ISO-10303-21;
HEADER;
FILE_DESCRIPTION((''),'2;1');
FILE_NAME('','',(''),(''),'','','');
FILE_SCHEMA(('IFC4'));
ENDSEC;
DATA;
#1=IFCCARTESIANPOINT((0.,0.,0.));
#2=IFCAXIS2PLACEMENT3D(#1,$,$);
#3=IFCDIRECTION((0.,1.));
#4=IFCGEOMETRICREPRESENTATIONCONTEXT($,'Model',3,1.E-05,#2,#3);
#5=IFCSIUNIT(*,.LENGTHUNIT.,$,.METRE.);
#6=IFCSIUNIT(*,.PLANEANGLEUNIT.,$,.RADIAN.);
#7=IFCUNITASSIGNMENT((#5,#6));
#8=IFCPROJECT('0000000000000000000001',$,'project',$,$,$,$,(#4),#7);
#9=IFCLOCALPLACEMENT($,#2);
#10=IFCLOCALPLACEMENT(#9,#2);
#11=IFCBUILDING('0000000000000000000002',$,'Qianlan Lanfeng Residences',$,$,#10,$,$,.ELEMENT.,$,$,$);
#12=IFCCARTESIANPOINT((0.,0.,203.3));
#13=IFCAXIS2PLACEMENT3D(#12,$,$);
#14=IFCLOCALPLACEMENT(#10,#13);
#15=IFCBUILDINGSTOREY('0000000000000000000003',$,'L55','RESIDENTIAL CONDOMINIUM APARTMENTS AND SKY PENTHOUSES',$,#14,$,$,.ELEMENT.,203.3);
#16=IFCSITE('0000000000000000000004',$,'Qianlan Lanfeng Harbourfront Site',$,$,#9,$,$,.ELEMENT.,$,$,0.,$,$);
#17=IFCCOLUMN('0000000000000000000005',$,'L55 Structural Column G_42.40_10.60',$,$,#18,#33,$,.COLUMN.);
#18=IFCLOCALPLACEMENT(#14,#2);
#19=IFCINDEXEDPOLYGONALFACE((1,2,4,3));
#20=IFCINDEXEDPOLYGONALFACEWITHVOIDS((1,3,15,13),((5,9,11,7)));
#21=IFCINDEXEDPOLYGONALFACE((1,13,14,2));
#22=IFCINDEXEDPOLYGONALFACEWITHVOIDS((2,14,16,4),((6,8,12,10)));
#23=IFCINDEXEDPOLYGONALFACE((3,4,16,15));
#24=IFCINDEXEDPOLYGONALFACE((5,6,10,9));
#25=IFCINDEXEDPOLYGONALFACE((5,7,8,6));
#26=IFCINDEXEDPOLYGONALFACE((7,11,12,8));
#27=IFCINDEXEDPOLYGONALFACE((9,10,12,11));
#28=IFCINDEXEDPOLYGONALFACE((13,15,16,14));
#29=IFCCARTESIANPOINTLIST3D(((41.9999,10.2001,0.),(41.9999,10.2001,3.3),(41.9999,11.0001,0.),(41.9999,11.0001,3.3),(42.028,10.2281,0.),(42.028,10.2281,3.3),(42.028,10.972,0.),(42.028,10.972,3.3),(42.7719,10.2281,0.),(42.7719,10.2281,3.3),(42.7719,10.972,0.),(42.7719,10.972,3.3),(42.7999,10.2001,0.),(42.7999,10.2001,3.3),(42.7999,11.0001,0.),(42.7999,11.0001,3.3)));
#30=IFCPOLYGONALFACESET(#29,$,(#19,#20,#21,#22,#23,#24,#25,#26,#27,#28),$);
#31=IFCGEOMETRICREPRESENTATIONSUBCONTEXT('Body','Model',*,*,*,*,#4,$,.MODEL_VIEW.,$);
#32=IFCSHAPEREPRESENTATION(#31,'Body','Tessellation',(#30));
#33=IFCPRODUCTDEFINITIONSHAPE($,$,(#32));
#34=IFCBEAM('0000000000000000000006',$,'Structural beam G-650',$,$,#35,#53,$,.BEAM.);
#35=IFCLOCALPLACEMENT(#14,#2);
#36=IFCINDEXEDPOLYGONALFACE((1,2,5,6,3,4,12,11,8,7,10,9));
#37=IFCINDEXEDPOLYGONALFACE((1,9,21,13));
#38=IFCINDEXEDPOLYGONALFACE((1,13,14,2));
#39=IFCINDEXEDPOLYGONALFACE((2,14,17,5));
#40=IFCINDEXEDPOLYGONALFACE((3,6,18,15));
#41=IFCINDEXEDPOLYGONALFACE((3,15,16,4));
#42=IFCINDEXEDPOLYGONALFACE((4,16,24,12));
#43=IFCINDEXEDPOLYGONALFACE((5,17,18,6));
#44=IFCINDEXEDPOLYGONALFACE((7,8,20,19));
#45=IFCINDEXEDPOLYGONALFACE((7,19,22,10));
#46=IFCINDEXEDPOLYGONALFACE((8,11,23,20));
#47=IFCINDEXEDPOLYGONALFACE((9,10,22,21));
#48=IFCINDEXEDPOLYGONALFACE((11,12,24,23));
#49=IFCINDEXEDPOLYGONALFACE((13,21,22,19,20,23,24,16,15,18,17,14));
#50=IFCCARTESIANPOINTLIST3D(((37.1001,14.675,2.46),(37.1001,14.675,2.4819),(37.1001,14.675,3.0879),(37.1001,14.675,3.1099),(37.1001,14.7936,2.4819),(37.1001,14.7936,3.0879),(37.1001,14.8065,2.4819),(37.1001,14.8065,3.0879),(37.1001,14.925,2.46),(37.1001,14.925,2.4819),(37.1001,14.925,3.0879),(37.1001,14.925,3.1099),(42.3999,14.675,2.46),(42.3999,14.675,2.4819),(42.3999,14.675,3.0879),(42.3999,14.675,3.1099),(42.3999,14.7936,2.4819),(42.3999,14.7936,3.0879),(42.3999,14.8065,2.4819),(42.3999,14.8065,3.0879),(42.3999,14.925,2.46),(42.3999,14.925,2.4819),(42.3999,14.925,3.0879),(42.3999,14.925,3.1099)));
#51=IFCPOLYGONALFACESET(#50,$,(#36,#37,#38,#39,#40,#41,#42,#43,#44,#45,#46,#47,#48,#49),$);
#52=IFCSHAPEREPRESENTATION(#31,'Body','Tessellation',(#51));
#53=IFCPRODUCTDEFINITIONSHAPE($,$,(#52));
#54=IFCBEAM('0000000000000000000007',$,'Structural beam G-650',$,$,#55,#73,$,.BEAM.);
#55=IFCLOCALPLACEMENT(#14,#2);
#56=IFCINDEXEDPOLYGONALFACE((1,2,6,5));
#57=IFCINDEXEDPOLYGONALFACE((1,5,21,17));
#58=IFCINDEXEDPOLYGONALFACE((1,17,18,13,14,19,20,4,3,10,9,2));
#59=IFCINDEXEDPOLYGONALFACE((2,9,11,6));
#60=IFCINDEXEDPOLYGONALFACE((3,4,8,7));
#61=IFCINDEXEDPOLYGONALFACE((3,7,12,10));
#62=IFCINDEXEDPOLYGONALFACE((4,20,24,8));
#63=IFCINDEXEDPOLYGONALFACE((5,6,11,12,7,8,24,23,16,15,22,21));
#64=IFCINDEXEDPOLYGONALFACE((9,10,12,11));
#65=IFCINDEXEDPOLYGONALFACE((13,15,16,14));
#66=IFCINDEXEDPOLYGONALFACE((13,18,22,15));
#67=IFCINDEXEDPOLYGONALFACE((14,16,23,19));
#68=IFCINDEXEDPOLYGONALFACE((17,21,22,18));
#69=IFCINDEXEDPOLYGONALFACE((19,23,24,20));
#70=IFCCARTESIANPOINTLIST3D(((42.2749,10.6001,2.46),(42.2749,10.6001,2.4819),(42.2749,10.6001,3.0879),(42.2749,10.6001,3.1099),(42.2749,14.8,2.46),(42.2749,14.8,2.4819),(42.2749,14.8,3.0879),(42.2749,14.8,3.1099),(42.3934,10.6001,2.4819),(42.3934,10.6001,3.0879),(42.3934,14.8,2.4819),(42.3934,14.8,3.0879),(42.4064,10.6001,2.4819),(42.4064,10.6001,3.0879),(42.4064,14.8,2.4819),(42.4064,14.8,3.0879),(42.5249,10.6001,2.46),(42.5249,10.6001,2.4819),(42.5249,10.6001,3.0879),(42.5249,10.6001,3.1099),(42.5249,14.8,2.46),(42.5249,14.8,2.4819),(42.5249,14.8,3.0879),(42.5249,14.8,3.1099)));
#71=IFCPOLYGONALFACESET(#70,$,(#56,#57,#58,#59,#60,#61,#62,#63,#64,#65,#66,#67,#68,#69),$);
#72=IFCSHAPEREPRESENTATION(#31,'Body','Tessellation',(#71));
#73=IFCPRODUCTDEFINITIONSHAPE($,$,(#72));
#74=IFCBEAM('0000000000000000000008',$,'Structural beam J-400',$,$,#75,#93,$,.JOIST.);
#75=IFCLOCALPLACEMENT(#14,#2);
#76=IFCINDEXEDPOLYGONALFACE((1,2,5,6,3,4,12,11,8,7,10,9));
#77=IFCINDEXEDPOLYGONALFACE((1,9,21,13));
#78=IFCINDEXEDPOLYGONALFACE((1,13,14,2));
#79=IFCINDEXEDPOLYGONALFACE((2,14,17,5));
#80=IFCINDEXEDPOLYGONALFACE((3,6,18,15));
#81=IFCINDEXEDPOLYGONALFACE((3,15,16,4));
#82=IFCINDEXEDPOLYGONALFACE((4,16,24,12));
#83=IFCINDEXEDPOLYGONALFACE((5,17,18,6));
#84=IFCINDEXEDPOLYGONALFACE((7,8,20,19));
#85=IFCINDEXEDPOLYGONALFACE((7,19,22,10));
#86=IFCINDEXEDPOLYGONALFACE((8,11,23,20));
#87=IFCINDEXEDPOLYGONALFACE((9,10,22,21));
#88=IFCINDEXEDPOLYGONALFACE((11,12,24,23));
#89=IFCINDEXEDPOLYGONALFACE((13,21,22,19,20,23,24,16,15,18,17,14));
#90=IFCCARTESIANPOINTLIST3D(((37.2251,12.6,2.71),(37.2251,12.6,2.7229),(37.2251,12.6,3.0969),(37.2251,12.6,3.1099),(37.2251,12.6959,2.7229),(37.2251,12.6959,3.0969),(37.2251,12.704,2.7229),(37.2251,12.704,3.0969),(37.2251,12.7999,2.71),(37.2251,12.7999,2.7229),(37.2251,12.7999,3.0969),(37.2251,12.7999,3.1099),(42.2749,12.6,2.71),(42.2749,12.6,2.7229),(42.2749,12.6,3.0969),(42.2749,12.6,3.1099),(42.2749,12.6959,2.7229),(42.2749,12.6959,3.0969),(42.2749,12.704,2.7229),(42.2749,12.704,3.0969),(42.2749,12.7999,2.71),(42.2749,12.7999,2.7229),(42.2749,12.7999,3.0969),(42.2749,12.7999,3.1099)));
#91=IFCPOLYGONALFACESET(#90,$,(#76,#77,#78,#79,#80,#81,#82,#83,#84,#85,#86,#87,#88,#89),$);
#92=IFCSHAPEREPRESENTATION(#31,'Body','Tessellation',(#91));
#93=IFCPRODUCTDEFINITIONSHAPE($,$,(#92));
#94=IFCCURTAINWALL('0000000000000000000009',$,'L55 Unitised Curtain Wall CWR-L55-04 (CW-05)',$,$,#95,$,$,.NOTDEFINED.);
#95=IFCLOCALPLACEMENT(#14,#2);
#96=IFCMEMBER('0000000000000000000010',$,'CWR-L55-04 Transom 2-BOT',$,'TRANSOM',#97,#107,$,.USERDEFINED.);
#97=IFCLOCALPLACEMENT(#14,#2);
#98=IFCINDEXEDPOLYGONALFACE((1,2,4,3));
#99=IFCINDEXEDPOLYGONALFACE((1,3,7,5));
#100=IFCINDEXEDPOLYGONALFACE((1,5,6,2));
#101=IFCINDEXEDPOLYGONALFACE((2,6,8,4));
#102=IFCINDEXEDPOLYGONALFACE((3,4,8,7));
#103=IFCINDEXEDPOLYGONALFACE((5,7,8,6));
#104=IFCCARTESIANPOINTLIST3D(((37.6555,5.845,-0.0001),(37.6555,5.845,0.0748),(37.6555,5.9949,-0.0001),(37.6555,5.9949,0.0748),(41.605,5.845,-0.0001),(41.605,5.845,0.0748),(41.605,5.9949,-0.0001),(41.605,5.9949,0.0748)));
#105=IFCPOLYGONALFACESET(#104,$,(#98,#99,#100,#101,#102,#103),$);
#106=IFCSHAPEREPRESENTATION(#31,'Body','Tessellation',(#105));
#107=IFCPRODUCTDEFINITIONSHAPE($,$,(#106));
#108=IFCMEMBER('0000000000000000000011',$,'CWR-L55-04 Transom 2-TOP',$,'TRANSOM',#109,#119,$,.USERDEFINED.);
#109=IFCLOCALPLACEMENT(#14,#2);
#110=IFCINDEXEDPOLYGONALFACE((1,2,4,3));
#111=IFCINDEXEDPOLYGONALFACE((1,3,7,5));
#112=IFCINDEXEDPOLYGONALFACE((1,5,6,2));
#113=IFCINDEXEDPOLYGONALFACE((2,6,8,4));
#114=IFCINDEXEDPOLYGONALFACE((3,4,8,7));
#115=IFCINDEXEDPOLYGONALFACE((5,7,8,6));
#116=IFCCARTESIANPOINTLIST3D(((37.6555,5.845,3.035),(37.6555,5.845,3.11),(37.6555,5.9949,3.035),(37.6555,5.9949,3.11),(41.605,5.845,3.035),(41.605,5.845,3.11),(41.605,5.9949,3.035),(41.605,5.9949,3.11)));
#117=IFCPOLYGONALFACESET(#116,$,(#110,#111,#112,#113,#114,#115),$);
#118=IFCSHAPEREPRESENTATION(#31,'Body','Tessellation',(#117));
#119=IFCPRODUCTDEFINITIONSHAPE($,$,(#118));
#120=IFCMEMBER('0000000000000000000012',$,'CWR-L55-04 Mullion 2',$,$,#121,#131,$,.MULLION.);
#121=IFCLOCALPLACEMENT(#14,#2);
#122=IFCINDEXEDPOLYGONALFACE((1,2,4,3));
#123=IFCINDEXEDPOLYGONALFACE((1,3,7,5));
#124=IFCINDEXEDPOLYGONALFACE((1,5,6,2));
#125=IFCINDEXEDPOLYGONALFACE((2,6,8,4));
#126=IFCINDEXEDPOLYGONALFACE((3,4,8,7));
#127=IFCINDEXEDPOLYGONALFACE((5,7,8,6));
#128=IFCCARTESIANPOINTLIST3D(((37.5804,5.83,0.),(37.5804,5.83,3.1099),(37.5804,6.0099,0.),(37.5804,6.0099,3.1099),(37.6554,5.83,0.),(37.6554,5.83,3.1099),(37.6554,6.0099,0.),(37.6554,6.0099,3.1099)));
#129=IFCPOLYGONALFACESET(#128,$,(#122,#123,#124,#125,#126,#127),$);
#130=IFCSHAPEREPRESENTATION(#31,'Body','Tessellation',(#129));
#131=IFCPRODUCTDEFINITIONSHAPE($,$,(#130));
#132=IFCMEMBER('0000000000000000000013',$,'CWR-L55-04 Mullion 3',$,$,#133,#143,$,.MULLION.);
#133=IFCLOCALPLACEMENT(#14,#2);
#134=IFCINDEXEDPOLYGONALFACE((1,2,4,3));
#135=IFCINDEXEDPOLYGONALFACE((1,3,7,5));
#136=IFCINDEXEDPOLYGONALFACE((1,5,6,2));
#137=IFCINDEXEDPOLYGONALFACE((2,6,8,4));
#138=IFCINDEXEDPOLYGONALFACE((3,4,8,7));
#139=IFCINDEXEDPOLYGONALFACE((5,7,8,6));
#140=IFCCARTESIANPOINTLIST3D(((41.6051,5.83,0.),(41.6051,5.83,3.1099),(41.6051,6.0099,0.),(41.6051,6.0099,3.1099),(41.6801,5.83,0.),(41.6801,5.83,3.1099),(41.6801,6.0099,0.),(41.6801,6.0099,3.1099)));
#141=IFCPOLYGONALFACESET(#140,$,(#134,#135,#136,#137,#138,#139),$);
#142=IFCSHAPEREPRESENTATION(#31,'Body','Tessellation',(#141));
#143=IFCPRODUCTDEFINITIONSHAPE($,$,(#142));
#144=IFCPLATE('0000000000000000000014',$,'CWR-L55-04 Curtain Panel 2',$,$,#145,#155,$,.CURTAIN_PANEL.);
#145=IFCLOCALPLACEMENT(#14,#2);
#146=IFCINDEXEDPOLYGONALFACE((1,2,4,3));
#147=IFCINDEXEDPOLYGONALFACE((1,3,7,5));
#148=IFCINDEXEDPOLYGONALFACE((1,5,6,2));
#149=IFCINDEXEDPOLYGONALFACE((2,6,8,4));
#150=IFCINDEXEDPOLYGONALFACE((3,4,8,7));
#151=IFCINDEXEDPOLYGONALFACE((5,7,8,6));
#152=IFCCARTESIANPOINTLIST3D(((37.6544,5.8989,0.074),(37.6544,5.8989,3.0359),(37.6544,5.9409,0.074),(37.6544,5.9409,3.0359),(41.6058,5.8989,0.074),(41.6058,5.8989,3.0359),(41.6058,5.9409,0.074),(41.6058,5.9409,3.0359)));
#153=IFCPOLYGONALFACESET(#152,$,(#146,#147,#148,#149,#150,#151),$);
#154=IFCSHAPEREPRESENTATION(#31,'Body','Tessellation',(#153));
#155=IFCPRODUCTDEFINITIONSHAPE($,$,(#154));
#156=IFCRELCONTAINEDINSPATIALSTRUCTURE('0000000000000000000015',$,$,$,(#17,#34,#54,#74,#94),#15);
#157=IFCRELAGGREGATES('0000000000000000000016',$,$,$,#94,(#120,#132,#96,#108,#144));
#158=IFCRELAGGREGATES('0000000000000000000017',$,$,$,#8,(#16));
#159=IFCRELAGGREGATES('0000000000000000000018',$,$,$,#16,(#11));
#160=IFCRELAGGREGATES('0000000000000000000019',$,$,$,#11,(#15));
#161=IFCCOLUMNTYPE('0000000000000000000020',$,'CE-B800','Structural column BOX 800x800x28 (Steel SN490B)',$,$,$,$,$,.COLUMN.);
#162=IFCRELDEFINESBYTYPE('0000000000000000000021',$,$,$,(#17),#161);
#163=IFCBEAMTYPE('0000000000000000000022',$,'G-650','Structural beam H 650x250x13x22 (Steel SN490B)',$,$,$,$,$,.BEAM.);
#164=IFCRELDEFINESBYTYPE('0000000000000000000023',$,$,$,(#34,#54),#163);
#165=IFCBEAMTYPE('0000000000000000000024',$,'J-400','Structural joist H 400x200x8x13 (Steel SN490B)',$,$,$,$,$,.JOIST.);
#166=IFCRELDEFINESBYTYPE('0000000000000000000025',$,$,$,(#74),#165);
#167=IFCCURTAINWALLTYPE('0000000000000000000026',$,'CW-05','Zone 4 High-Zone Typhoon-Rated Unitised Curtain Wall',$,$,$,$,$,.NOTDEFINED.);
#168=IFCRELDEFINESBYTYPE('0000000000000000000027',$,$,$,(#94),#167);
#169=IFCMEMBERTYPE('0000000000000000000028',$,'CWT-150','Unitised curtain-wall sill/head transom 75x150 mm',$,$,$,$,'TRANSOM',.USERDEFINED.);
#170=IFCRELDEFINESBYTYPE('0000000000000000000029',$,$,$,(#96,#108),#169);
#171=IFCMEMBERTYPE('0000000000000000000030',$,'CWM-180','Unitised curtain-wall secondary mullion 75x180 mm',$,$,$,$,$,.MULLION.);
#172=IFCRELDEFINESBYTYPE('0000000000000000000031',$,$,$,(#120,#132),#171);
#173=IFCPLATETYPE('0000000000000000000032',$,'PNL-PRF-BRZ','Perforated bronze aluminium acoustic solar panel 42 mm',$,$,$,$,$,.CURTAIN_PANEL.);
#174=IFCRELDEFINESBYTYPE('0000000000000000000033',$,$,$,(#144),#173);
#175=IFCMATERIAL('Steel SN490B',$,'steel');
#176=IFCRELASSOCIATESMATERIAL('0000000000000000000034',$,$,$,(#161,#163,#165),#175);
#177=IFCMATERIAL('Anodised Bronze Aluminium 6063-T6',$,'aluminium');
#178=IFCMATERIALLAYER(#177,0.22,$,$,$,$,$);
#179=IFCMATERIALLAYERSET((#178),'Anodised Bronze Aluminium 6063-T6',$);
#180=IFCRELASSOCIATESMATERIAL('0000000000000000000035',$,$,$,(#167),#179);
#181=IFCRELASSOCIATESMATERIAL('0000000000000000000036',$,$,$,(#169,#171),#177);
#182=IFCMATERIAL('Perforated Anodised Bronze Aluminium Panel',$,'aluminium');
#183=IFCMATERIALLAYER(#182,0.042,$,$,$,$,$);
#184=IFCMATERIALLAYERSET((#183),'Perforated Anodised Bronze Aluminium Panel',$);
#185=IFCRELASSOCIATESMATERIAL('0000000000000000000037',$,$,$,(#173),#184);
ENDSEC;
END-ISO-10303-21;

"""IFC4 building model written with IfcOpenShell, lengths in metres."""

from ifc_helpers import new_model, si_unit, direction, frame, origin, origin_2d, place, context, subcontext, project, spatial, rectangle, hollow_rectangle, i_section, extrude, source, transform, mapped, material, layer, layer_set, material_profile, profile_set, type_object, element, aggregate, save


model = new_model("IFC4")

# Units and contexts
model_context = context("Model", 3, precision=1e-05, world=origin(), true_north=direction((0.0, 1.0)))
body_context = subcontext(model_context, "Body", "Model", "MODEL_VIEW")
ifc_project = project(units=[si_unit("LENGTHUNIT", "METRE"), si_unit("PLANEANGLEUNIT", "RADIAN")], contexts=[model_context])

# Site, building, storey
site_placement = place(None, origin())
site = spatial("IfcSite", under=ifc_project, at=site_placement, Name="Qianlan Lanfeng Harbourfront Site", CompositionType="ELEMENT", RefElevation=0.0)
building_placement = place(site_placement, origin())
building = spatial("IfcBuilding", under=site, at=building_placement, Name="Qianlan Lanfeng Residences", CompositionType="ELEMENT")
storey_placement = place(building_placement, frame((0.0, 0.0, 203.3)))
storey = spatial("IfcBuildingStorey", under=building, at=storey_placement, Name="L55", Description="RESIDENTIAL CONDOMINIUM APARTMENTS AND SKY PENTHOUSES", CompositionType="ELEMENT", Elevation=203.3)

# Column
ifc_material_1 = material(Name="Steel SN490B", Category="steel")
ifc_material_profile_1 = material_profile(ifc_material_1, hollow_rectangle(XDim=0.8, YDim=0.8, WallThickness=0.0281, at=origin_2d()), Name="BOX 800x800x28")
ifc_profile_set_1 = profile_set([ifc_material_profile_1], Name="Steel SN490B")
column_type = type_object("IfcColumnType", Name="CE-B800", Description="Structural column BOX 800x800x28 (Steel SN490B)", PredefinedType="COLUMN", material=ifc_profile_set_1)
column_placement = place(storey_placement, frame((42.3999, 10.6001, 0.0), z_axis=(0.0, 0.0, 1.0), x_axis=(1.0, 0.0, 0.0)))
element("IfcColumn", 1, at=column_placement, inside=storey, type_object=column_type, Name="L55 Structural Column G_42.40_10.60", PredefinedType="COLUMN", context=body_context, shape_type="SweptSolid", body=[
    extrude(hollow_rectangle(XDim=0.8, YDim=0.8, WallThickness=0.0281, at=origin_2d()), origin(), (0.0, 0.0, 1.0), 3.3),
])

# Beams
ifc_material_profile_2 = material_profile(ifc_material_1, i_section(OverallWidth=0.25, OverallDepth=0.6499, WebThickness=0.0129, FlangeThickness=0.022, at=origin_2d()), Name="H 650x250x13x22")
ifc_profile_set_2 = profile_set([ifc_material_profile_2], Name="Steel SN490B")
beam_type_1 = type_object("IfcBeamType", Name="G-650", Description="Structural beam H 650x250x13x22 (Steel SN490B)", PredefinedType="BEAM", material=ifc_profile_set_2)
beam_1_placement = place(storey_placement, frame((37.1001, 14.8, 2.7849), z_axis=(1.0, 0.0, 0.0), x_axis=(0.0, 1.0, 0.0)))
element("IfcBeam", 2, at=beam_1_placement, inside=storey, type_object=beam_type_1, Name="Structural beam G-650", PredefinedType="BEAM", context=body_context, shape_type="SweptSolid", body=[
    extrude(i_section(OverallWidth=0.25, OverallDepth=0.6499, WebThickness=0.0129, FlangeThickness=0.022, at=origin_2d()), origin(), (0.0, 0.0, 1.0), 5.2998),
])
beam_2_placement = place(storey_placement, frame((42.3999, 10.6001, 2.7849), z_axis=(0.0, 1.0, 0.0), x_axis=(-1.0, 0.0, 0.0)))
element("IfcBeam", 3, at=beam_2_placement, inside=storey, type_object=beam_type_1, Name="Structural beam G-650", PredefinedType="BEAM", context=body_context, shape_type="SweptSolid", body=[
    extrude(i_section(OverallWidth=0.25, OverallDepth=0.6499, WebThickness=0.0129, FlangeThickness=0.022, at=origin_2d()), origin(), (0.0, 0.0, 1.0), 4.2),
])
ifc_material_profile_3 = material_profile(ifc_material_1, i_section(OverallWidth=0.2, OverallDepth=0.3999, WebThickness=0.0081, FlangeThickness=0.0129, at=origin_2d()), Name="H 400x200x8x13")
ifc_profile_set_3 = profile_set([ifc_material_profile_3], Name="Steel SN490B")
beam_type_2 = type_object("IfcBeamType", Name="J-400", Description="Structural joist H 400x200x8x13 (Steel SN490B)", PredefinedType="JOIST", material=ifc_profile_set_3)
beam_3_placement = place(storey_placement, frame((37.2251, 12.7, 2.9099), z_axis=(1.0, 0.0, 0.0), x_axis=(0.0, 1.0, 0.0)))
element("IfcBeam", 4, at=beam_3_placement, inside=storey, type_object=beam_type_2, Name="Structural beam J-400", PredefinedType="JOIST", context=body_context, shape_type="SweptSolid", body=[
    extrude(i_section(OverallWidth=0.2, OverallDepth=0.3999, WebThickness=0.0081, FlangeThickness=0.0129, at=origin_2d()), origin(), (0.0, 0.0, 1.0), 5.0498),
])

# Curtain wall, members, plate
ifc_material_2 = material(Name="Anodised Bronze Aluminium 6063-T6", Category="aluminium")
ifc_layer_1 = layer(ifc_material_2, 0.22)
ifc_layer_set_1 = layer_set([ifc_layer_1], Name="Anodised Bronze Aluminium 6063-T6")
curtain_wall_type = type_object("IfcCurtainWallType", Name="CW-05", Description="Zone 4 High-Zone Typhoon-Rated Unitised Curtain Wall", PredefinedType="NOTDEFINED", material=ifc_layer_set_1)
curtain_wall_placement = place(storey_placement, origin())
curtain_wall = element("IfcCurtainWall", 5, at=curtain_wall_placement, inside=storey, type_object=curtain_wall_type, Name="L55 Unitised Curtain Wall CWR-L55-04 (CW-05)", PredefinedType="NOTDEFINED")
ifc_material_profile_4 = material_profile(ifc_material_2, rectangle(XDim=0.075, YDim=0.1499, at=origin_2d()), Name="ALU TRANSOM 75x150")
ifc_profile_set_4 = profile_set([ifc_material_profile_4], Name="Anodised Bronze Aluminium 6063-T6")
member_type_1 = type_object("IfcMemberType", Name="CWT-150", Description="Unitised curtain-wall sill/head transom 75x150 mm", ElementType="TRANSOM", PredefinedType="USERDEFINED", material=ifc_profile_set_4)
shared_shape_1 = source(origin(), body_context, "Body", "SweptSolid", [
    extrude(rectangle(XDim=0.075, YDim=0.1499, at=origin_2d()), origin(), (0.0, 0.0, 1.0), 3.9495),
])
member_1_placement = place(storey_placement, frame((37.6555, 5.9199, 0.0374), z_axis=(1.0, 0.0, 0.0), x_axis=(0.0, 0.0, 1.0)))
member_1 = element("IfcMember", 6, at=member_1_placement, type_object=member_type_1, Name="CWR-L55-04 Transom 2-BOT", ObjectType="TRANSOM", PredefinedType="USERDEFINED", context=body_context, shape_type="MappedRepresentation", body=[
    mapped(shared_shape_1, transform((0.0, 0.0, 0.0), scale=1.0)),
])
member_2_placement = place(storey_placement, frame((37.6555, 5.9199, 3.0725), z_axis=(1.0, 0.0, 0.0), x_axis=(0.0, 0.0, 1.0)))
member_2 = element("IfcMember", 7, at=member_2_placement, type_object=member_type_1, Name="CWR-L55-04 Transom 2-TOP", ObjectType="TRANSOM", PredefinedType="USERDEFINED", context=body_context, shape_type="MappedRepresentation", body=[
    mapped(shared_shape_1, transform((0.0, 0.0, 0.0), scale=1.0)),
])
ifc_material_profile_5 = material_profile(ifc_material_2, rectangle(XDim=0.075, YDim=0.1799, at=origin_2d()), Name="ALU MULLION 75x180")
ifc_profile_set_5 = profile_set([ifc_material_profile_5], Name="Anodised Bronze Aluminium 6063-T6")
member_type_2 = type_object("IfcMemberType", Name="CWM-180", Description="Unitised curtain-wall secondary mullion 75x180 mm", PredefinedType="MULLION", material=ifc_profile_set_5)
shared_shape_2 = source(origin(), body_context, "Body", "SweptSolid", [
    extrude(rectangle(XDim=0.075, YDim=0.1799, at=origin_2d()), origin(), (0.0, 0.0, 1.0), 3.1099),
])
member_3_placement = place(storey_placement, frame((37.6179, 5.9199, 0.0), z_axis=(0.0, 0.0, 1.0), x_axis=(1.0, 0.0, 0.0)))
member_3 = element("IfcMember", 8, at=member_3_placement, type_object=member_type_2, Name="CWR-L55-04 Mullion 2", PredefinedType="MULLION", context=body_context, shape_type="MappedRepresentation", body=[
    mapped(shared_shape_2, transform((0.0, 0.0, 0.0), scale=1.0)),
])
member_4_placement = place(storey_placement, frame((41.6426, 5.9199, 0.0), z_axis=(0.0, 0.0, 1.0), x_axis=(1.0, 0.0, 0.0)))
member_4 = element("IfcMember", 9, at=member_4_placement, type_object=member_type_2, Name="CWR-L55-04 Mullion 3", PredefinedType="MULLION", context=body_context, shape_type="MappedRepresentation", body=[
    mapped(shared_shape_2, transform((0.0, 0.0, 0.0), scale=1.0)),
])
ifc_material_3 = material(Name="Perforated Anodised Bronze Aluminium Panel", Category="aluminium")
ifc_layer_2 = layer(ifc_material_3, 0.042)
ifc_layer_set_2 = layer_set([ifc_layer_2], Name="Perforated Anodised Bronze Aluminium Panel")
plate_type = type_object("IfcPlateType", Name="PNL-PRF-BRZ", Description="Perforated bronze aluminium acoustic solar panel 42 mm", PredefinedType="CURTAIN_PANEL", material=ifc_layer_set_2)
shared_shape_3 = source(origin(), body_context, "Body", "SweptSolid", [
    extrude(rectangle(XDim=3.9514, YDim=0.042, at=origin_2d()), origin(), (0.0, 0.0, 1.0), 2.9619),
])
plate_placement = place(storey_placement, frame((39.6301, 5.9199, 0.074), z_axis=(0.0, 0.0, 1.0), x_axis=(1.0, 0.0, 0.0)))
plate = element("IfcPlate", 10, at=plate_placement, type_object=plate_type, Name="CWR-L55-04 Curtain Panel 2", PredefinedType="CURTAIN_PANEL", context=body_context, shape_type="MappedRepresentation", body=[
    mapped(shared_shape_3, transform((0.0, 0.0, 0.0), scale=1.0)),
])
aggregate(curtain_wall, [member_3, member_4, member_1, member_2, plate])

save(model, "model.ifc")
